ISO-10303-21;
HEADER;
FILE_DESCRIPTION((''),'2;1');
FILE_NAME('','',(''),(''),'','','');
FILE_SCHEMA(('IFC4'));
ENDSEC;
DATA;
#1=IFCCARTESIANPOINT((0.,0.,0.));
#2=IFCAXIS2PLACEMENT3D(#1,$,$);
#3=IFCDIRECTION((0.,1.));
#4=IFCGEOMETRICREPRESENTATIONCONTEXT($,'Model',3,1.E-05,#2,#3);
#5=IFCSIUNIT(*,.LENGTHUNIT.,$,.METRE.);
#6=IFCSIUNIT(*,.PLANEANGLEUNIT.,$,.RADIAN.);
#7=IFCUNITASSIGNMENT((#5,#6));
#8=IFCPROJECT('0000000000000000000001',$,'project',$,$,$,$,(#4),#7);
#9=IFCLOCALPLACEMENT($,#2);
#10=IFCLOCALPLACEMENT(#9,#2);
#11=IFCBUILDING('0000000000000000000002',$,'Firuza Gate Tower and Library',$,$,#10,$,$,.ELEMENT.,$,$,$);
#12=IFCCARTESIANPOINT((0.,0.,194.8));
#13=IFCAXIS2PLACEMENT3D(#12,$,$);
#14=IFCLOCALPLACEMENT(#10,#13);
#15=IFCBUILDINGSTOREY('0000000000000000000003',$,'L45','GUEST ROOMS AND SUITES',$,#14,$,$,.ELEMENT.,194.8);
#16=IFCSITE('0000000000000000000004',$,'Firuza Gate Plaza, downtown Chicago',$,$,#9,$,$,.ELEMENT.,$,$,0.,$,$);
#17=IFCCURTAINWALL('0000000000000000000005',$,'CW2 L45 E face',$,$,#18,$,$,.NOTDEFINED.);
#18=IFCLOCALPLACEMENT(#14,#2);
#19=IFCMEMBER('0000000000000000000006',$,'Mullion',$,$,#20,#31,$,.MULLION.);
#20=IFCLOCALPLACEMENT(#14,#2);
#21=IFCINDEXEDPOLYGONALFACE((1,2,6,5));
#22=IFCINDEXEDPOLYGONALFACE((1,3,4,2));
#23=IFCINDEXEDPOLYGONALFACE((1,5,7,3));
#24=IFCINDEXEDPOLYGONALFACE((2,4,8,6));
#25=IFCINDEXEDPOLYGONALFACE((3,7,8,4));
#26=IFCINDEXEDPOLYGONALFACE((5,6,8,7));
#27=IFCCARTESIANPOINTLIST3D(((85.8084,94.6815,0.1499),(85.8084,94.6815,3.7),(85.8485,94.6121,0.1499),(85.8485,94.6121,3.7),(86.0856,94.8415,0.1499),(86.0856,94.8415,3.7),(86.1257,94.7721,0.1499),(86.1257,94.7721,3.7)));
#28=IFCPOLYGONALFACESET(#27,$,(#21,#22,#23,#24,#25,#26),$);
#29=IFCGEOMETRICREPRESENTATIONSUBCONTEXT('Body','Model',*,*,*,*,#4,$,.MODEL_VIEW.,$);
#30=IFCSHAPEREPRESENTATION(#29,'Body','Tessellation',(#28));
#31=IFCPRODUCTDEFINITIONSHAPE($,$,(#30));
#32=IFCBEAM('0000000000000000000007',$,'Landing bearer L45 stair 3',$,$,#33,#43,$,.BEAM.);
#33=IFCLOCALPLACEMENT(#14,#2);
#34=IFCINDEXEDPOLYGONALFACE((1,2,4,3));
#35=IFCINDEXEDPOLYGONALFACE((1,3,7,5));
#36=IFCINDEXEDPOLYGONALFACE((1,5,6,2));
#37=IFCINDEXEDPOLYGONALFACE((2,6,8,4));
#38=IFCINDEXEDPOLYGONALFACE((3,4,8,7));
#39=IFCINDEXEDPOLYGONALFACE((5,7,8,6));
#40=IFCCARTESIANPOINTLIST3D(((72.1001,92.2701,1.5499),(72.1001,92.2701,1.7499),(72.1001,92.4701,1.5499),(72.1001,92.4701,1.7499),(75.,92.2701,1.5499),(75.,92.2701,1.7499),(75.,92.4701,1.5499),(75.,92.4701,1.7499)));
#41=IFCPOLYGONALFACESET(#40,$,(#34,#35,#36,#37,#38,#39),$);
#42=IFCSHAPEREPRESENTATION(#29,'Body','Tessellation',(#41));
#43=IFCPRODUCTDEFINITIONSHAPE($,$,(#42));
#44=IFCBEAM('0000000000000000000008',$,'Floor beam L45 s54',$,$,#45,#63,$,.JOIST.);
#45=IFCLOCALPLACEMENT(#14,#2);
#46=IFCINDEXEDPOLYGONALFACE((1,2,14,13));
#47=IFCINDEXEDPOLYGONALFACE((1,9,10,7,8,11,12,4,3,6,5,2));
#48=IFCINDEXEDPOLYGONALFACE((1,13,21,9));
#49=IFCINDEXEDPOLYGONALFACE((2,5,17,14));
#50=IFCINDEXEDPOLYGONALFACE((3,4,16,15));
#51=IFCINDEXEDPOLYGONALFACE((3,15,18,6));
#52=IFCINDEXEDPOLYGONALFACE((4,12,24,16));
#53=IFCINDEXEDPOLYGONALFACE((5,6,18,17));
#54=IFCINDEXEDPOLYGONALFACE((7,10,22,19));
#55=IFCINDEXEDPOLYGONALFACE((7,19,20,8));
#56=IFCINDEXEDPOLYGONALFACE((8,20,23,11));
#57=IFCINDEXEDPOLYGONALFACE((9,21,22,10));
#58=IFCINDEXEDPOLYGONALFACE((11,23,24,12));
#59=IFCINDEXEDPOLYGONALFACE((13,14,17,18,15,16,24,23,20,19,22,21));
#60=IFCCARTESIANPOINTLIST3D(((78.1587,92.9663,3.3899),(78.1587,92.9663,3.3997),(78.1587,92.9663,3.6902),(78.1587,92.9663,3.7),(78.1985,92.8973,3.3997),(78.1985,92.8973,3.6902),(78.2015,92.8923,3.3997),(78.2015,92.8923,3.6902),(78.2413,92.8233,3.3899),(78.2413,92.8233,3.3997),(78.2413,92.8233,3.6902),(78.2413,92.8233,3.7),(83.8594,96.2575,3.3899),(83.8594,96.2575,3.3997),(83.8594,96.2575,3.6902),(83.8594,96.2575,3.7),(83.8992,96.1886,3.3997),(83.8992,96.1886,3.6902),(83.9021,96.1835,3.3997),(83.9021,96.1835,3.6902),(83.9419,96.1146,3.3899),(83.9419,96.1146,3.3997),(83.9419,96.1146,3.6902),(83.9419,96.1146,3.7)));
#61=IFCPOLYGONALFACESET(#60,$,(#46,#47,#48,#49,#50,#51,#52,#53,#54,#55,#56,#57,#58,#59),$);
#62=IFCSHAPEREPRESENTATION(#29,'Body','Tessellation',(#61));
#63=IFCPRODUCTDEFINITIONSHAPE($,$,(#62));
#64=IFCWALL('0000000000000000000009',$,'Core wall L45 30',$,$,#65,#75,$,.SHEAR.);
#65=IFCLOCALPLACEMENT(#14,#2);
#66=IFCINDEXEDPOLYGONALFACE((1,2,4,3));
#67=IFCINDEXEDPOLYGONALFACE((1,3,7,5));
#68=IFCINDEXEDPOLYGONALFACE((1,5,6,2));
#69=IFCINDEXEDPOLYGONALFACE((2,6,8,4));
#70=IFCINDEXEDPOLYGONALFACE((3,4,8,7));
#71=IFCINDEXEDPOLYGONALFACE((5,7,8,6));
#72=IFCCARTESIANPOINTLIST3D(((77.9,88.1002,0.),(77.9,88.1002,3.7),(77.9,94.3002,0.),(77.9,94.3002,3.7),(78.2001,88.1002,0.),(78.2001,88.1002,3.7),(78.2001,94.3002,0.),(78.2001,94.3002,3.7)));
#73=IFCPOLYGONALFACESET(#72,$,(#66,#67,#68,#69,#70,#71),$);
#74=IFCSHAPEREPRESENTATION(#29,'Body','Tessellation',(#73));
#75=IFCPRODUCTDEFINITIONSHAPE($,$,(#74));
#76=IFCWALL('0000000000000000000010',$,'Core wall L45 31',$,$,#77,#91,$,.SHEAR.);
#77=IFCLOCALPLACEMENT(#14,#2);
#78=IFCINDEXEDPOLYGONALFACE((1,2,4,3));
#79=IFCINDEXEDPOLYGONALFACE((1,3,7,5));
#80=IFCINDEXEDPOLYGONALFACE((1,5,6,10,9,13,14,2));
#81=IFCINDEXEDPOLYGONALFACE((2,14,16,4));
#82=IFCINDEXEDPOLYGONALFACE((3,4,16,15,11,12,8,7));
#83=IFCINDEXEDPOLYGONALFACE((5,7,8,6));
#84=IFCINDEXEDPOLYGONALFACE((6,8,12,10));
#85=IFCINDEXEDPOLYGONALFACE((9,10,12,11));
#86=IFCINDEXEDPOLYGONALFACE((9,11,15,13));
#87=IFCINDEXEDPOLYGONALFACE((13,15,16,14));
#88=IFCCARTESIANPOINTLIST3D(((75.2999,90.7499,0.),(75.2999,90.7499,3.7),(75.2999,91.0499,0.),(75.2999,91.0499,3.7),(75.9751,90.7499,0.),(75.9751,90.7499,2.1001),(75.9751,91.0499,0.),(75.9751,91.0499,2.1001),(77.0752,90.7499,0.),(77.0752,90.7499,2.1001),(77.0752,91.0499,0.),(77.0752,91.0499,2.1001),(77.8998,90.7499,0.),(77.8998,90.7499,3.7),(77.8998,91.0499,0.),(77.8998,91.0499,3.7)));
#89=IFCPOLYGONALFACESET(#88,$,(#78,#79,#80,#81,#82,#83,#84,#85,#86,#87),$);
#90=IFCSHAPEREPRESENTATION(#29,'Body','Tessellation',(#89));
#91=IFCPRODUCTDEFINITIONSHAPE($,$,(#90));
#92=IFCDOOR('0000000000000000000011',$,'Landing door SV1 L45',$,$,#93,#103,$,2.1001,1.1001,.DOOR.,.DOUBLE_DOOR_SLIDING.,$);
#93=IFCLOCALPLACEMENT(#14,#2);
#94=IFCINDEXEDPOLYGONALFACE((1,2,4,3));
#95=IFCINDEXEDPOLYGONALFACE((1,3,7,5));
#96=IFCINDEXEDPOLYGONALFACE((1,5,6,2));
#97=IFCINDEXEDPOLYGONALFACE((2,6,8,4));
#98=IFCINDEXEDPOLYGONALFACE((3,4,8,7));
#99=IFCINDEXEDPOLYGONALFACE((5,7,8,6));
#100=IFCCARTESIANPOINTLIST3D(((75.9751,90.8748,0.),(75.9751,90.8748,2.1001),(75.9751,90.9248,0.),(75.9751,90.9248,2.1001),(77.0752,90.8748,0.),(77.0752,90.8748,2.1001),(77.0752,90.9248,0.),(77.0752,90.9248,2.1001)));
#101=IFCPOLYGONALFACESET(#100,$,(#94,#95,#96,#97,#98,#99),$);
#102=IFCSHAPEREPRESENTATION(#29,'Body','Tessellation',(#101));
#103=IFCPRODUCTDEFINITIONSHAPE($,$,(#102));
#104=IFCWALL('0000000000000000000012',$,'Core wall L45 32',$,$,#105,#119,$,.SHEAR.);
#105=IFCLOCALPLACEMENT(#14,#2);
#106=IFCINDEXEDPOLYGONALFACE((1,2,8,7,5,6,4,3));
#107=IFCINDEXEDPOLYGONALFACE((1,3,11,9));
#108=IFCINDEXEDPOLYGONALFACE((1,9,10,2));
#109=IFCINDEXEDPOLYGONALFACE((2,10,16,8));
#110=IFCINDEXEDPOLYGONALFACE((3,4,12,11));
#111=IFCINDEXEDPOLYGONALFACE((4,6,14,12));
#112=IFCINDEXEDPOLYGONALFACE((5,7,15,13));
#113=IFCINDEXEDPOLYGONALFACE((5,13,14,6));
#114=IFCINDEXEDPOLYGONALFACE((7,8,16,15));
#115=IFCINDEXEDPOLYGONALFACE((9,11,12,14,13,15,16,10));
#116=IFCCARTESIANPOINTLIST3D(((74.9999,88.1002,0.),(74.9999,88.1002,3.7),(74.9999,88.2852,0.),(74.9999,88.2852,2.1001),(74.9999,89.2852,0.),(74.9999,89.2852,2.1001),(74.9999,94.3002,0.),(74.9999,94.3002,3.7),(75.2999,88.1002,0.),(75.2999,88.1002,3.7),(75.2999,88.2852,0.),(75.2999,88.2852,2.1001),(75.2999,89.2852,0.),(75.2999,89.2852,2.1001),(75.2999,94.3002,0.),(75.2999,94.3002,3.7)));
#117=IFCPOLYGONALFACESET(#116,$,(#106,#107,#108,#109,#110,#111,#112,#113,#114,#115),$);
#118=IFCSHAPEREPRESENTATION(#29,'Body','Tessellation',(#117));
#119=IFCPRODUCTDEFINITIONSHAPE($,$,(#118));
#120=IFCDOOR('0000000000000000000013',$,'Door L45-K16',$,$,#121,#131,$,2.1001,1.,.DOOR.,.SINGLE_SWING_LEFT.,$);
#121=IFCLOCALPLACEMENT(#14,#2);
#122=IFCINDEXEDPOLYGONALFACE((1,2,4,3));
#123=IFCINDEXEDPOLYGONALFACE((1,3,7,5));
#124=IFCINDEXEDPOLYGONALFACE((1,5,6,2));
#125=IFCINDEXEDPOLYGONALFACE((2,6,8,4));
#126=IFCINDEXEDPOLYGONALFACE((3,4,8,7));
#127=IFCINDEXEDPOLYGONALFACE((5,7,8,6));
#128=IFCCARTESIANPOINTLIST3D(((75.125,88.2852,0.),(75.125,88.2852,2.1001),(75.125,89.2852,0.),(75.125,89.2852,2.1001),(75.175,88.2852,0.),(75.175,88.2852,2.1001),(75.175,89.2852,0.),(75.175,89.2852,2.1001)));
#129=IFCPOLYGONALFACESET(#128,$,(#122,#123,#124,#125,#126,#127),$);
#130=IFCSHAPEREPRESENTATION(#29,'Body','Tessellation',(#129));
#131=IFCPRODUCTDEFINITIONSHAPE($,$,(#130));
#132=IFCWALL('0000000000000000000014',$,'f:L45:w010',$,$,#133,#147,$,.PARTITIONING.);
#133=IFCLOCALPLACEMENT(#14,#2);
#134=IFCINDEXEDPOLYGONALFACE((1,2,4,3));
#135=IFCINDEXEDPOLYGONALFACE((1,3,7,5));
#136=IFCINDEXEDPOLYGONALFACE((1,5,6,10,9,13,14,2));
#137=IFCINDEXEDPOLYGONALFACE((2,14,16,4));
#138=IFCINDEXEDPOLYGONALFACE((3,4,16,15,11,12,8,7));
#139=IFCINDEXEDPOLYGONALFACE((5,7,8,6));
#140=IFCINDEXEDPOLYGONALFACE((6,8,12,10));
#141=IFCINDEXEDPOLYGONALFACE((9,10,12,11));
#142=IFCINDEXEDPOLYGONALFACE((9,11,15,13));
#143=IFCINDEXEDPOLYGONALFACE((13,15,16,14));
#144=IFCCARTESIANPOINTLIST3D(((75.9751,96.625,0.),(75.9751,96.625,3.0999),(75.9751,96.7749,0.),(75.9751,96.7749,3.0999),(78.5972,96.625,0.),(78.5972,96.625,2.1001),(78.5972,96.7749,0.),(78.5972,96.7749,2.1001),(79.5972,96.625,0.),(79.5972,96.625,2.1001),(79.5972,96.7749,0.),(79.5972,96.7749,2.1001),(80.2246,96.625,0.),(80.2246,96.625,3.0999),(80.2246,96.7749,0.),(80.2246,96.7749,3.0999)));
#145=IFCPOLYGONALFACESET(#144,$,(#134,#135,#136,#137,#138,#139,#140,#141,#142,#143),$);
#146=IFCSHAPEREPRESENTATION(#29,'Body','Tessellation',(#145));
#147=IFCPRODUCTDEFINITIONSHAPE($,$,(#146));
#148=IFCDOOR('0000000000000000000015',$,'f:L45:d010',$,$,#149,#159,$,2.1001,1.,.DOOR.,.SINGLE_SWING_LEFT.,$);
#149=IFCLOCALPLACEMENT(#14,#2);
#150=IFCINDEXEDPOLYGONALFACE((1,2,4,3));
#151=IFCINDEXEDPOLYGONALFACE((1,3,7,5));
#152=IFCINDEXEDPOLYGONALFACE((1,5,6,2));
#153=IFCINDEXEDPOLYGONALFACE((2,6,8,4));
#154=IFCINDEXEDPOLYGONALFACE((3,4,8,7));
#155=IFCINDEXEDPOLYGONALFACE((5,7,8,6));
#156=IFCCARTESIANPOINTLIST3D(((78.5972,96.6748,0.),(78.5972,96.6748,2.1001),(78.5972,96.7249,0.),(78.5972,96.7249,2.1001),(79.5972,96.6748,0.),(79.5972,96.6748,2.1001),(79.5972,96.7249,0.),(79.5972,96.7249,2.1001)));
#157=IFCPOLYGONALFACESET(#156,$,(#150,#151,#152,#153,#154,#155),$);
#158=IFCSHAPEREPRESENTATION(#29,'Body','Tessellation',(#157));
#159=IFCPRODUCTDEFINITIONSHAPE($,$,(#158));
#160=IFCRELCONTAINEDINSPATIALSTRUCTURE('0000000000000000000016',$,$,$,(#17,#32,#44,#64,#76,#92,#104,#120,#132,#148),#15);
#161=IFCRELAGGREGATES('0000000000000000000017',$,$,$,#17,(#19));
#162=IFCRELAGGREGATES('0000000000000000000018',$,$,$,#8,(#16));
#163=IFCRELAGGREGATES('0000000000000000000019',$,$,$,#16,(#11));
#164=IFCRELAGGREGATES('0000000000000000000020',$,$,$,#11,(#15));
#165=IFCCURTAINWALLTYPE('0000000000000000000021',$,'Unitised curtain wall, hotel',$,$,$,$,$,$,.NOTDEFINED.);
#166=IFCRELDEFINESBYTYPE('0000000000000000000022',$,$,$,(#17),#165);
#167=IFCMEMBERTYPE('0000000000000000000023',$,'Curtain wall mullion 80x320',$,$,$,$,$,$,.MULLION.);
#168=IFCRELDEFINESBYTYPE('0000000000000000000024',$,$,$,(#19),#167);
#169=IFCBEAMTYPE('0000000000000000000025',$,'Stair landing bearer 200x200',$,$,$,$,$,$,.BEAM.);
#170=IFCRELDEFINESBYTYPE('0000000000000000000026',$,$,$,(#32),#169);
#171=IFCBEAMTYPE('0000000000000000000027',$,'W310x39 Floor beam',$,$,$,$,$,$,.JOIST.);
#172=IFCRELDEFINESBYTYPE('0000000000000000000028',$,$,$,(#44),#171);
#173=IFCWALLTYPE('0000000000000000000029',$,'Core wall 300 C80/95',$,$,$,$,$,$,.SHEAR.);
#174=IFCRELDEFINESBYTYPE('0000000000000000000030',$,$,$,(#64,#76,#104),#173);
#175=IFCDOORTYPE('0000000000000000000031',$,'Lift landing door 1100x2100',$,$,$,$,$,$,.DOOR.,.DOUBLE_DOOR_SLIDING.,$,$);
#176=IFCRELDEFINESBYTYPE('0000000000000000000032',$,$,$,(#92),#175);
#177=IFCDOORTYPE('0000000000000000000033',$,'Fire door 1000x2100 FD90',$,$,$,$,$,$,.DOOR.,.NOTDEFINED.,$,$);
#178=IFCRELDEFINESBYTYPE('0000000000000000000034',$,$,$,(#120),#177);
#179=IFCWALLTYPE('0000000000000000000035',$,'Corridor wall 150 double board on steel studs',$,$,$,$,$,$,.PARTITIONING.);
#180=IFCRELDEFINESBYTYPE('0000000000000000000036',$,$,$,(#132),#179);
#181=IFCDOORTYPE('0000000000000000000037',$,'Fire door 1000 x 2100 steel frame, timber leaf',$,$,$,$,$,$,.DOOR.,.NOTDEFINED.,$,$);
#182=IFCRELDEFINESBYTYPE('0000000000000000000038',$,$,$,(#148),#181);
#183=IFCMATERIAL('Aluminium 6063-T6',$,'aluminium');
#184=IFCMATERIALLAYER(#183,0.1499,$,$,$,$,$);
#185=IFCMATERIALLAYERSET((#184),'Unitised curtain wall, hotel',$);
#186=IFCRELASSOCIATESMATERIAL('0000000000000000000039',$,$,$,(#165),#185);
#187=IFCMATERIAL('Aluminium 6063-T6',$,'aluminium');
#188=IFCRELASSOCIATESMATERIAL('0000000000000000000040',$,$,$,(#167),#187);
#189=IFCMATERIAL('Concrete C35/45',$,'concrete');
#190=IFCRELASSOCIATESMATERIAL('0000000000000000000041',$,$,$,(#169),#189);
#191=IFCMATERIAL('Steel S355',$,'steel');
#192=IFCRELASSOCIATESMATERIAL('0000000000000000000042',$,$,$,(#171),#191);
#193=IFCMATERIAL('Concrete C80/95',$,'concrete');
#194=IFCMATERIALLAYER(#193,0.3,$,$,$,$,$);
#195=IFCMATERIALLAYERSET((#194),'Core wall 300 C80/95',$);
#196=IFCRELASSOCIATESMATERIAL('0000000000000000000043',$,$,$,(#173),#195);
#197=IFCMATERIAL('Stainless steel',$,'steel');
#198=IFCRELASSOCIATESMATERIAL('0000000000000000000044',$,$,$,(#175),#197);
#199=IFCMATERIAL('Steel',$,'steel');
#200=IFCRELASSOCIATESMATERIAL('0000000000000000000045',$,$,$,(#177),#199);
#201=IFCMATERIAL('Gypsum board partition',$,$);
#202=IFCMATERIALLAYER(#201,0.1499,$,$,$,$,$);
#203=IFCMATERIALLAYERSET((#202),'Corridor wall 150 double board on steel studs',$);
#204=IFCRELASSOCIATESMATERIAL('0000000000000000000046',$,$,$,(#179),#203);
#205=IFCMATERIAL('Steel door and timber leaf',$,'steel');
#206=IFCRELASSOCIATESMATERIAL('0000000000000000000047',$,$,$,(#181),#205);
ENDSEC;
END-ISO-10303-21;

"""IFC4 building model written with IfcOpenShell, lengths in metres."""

from ifc_helpers import new_model, si_unit, direction, frame, frame_2d, origin, origin_2d, place, context, subcontext, project, spatial, rectangle, i_section, extrude, material, layer, layer_set, material_profile, profile_set, type_object, element, fill, aggregate, save


model = new_model("IFC4")

# Units and contexts
model_context = context("Model", 3, precision=1e-05, world=origin(), true_north=direction((0.0, 1.0)))
body_context = subcontext(model_context, "Body", "Model", "MODEL_VIEW")
ifc_project = project(units=[si_unit("LENGTHUNIT", "METRE"), si_unit("PLANEANGLEUNIT", "RADIAN")], contexts=[model_context])

# Site, building, storey
site_placement = place(None, origin())
site = spatial("IfcSite", under=ifc_project, at=site_placement, Name="Firuza Gate Plaza, downtown Chicago", CompositionType="ELEMENT", RefElevation=0.0)
building_placement = place(site_placement, origin())
building = spatial("IfcBuilding", under=site, at=building_placement, Name="Firuza Gate Tower and Library", CompositionType="ELEMENT")
storey_placement = place(building_placement, frame((0.0, 0.0, 194.8)))
storey = spatial("IfcBuildingStorey", under=building, at=storey_placement, Name="L45", Description="GUEST ROOMS AND SUITES", CompositionType="ELEMENT", Elevation=194.8)

# Curtain wall, member
ifc_material_1 = material(Name="Aluminium 6063-T6", Category="aluminium")
ifc_layer_1 = layer(ifc_material_1, 0.1499)
ifc_layer_set_1 = layer_set([ifc_layer_1], Name="Unitised curtain wall, hotel")
curtain_wall_type = type_object("IfcCurtainWallType", Name="Unitised curtain wall, hotel", PredefinedType="NOTDEFINED", material=ifc_layer_set_1)
placement = place(storey_placement, origin())
curtain_wall = element("IfcCurtainWall", 1, at=placement, inside=storey, type_object=curtain_wall_type, Name="CW2 L45 E face", PredefinedType="NOTDEFINED")
ifc_material_2 = material(Name="Aluminium 6063-T6", Category="aluminium")
ifc_material_profile_1 = material_profile(ifc_material_2, rectangle(XDim=0.3201, YDim=0.0801, at=origin_2d()))
ifc_profile_set_1 = profile_set([ifc_material_profile_1], Name="Aluminium 6063-T6")
member_type = type_object("IfcMemberType", Name="Curtain wall mullion 80x320", PredefinedType="MULLION", material=ifc_profile_set_1)
member_placement = place(storey_placement, frame((85.967, 94.7268, 0.1499), z_axis=(0.0, 0.0, 1.0), x_axis=(-0.866025, -0.5, 0.0)))
member = element("IfcMember", 2, at=member_placement, type_object=member_type, Name="Mullion", PredefinedType="MULLION", context=body_context, shape_type="SweptSolid", body=[
    extrude(rectangle(XDim=0.3201, YDim=0.0801, at=origin_2d()), origin(), (0.0, 0.0, 1.0), 3.55),
])
aggregate(curtain_wall, [member])

# Beams
ifc_material_3 = material(Name="Concrete C35/45", Category="concrete")
ifc_material_profile_2 = material_profile(ifc_material_3, rectangle(XDim=0.2, YDim=0.2, at=origin_2d()))
ifc_profile_set_2 = profile_set([ifc_material_profile_2], Name="Concrete C35/45")
beam_type_1 = type_object("IfcBeamType", Name="Stair landing bearer 200x200", PredefinedType="BEAM", material=ifc_profile_set_2)
beam_1_placement = place(storey_placement, frame((75.0, 92.3701, 1.6499), z_axis=(-1.0, 0.0, 0.0), x_axis=(0.0, -1.0, 0.0)))
element("IfcBeam", 3, at=beam_1_placement, inside=storey, type_object=beam_type_1, Name="Landing bearer L45 stair 3", PredefinedType="BEAM", context=body_context, shape_type="SweptSolid", body=[
    extrude(rectangle(XDim=0.2, YDim=0.2, at=origin_2d()), origin(), (0.0, 0.0, 1.0), 2.8999),
])
ifc_material_4 = material(Name="Steel S355", Category="steel")
ifc_material_profile_3 = material_profile(ifc_material_4, i_section(OverallWidth=0.165, OverallDepth=0.3101, WebThickness=0.0059, FlangeThickness=0.0098, at=origin_2d()))
ifc_profile_set_3 = profile_set([ifc_material_profile_3], Name="Steel S355")
beam_type_2 = type_object("IfcBeamType", Name="W310x39 Floor beam", PredefinedType="JOIST", material=ifc_profile_set_3)
beam_2_placement = place(storey_placement, frame((83.9006, 96.186, 3.5449), z_axis=(-0.866027, -0.499996, 0.0), x_axis=(0.499996, -0.866027, 0.0)))
element("IfcBeam", 4, at=beam_2_placement, inside=storey, type_object=beam_type_2, Name="Floor beam L45 s54", PredefinedType="JOIST", context=body_context, shape_type="SweptSolid", body=[
    extrude(i_section(OverallWidth=0.165, OverallDepth=0.3101, WebThickness=0.0059, FlangeThickness=0.0098, at=origin_2d()), origin(), (0.0, 0.0, 1.0), 6.5825),
])

# Wall
ifc_material_5 = material(Name="Concrete C80/95", Category="concrete")
ifc_layer_2 = layer(ifc_material_5, 0.3)
ifc_layer_set_2 = layer_set([ifc_layer_2], Name="Core wall 300 C80/95")
wall_type_1 = type_object("IfcWallType", Name="Core wall 300 C80/95", PredefinedType="SHEAR", material=ifc_layer_set_2)
wall_1_placement = place(storey_placement, frame((78.05, 88.1001, 0.0), z_axis=(0.0, 0.0, 1.0), x_axis=(0.0, 1.0, 0.0)))
element("IfcWall", 5, at=wall_1_placement, inside=storey, type_object=wall_type_1, Name="Core wall L45 30", PredefinedType="SHEAR", context=body_context, shape_type="SweptSolid", body=[
    extrude(rectangle(XDim=6.2, YDim=0.3, at=frame_2d((3.1001, 0.0))), origin(), (0.0, 0.0, 1.0), 3.7),
])

# Walls, openings, doors
wall_2_placement = place(storey_placement, frame((75.3, 90.8999, 0.0), z_axis=(0.0, 0.0, 1.0), x_axis=(1.0, 0.0, 0.0)))
wall_2 = element("IfcWall", 6, at=wall_2_placement, inside=storey, type_object=wall_type_1, Name="Core wall L45 31", PredefinedType="SHEAR", context=body_context, shape_type="SweptSolid", body=[
    extrude(rectangle(XDim=2.5999, YDim=0.3, at=frame_2d((1.2998, 0.0))), origin(), (0.0, 0.0, 1.0), 3.7),
])
opening_1_placement = place(wall_2_placement, frame((0.675, 0.0, 0.0)))
opening_1 = element("IfcOpeningElement", 7, at=opening_1_placement, cuts=wall_2, PredefinedType="OPENING", context=body_context, shape_type="SweptSolid", body=[
    extrude(rectangle(XDim=1.1001, YDim=2.1001, at=frame_2d((0.55, 1.05))), frame((0.0, 0.1602, 0.0), z_axis=(0.0, -1.0, 0.0), x_axis=(1.0, 0.0, 0.0)), (0.0, 0.0, 1.0), 0.3201),
])
ifc_material_6 = material(Name="Stainless steel", Category="steel")
door_type_1 = type_object("IfcDoorType", Name="Lift landing door 1100x2100", OperationType="DOUBLE_DOOR_SLIDING", PredefinedType="DOOR", material=ifc_material_6)
door_1_placement = place(opening_1_placement, origin())
door_1 = element("IfcDoor", 8, at=door_1_placement, inside=storey, type_object=door_type_1, Name="Landing door SV1 L45", OperationType="DOUBLE_DOOR_SLIDING", OverallHeight=2.1001, OverallWidth=1.1001, PredefinedType="DOOR", context=body_context, shape_type="SweptSolid", body=[
    extrude(rectangle(XDim=1.1001, YDim=2.1001, at=frame_2d((0.55, 1.05))), frame((0.0, 0.0249, 0.0), z_axis=(0.0, -1.0, 0.0), x_axis=(1.0, 0.0, 0.0)), (0.0, 0.0, 1.0), 0.05),
])
fill(opening_1, door_1)
wall_3_placement = place(storey_placement, frame((75.1499, 88.1001, 0.0), z_axis=(0.0, 0.0, 1.0), x_axis=(0.0, 1.0, 0.0)))
wall_3 = element("IfcWall", 9, at=wall_3_placement, inside=storey, type_object=wall_type_1, Name="Core wall L45 32", PredefinedType="SHEAR", context=body_context, shape_type="SweptSolid", body=[
    extrude(rectangle(XDim=6.2, YDim=0.3, at=frame_2d((3.1001, 0.0))), origin(), (0.0, 0.0, 1.0), 3.7),
])
opening_2_placement = place(wall_3_placement, frame((0.1851, 0.0, 0.0)))
opening_2 = element("IfcOpeningElement", 10, at=opening_2_placement, cuts=wall_3, PredefinedType="OPENING", context=body_context, shape_type="SweptSolid", body=[
    extrude(rectangle(XDim=1.0, YDim=2.1001, at=frame_2d((0.5, 1.05))), frame((0.0, 0.1602, 0.0), z_axis=(0.0, -1.0, 0.0), x_axis=(1.0, 0.0, 0.0)), (0.0, 0.0, 1.0), 0.3201),
])
ifc_material_7 = material(Name="Steel", Category="steel")
door_type_2 = type_object("IfcDoorType", Name="Fire door 1000x2100 FD90", OperationType="NOTDEFINED", PredefinedType="DOOR", material=ifc_material_7)
door_2_placement = place(opening_2_placement, origin())
door_2 = element("IfcDoor", 11, at=door_2_placement, inside=storey, type_object=door_type_2, Name="Door L45-K16", OperationType="SINGLE_SWING_LEFT", OverallHeight=2.1001, OverallWidth=1.0, PredefinedType="DOOR", context=body_context, shape_type="SweptSolid", body=[
    extrude(rectangle(XDim=1.0, YDim=2.1001, at=frame_2d((0.5, 1.05))), frame((0.0, 0.0249, 0.0), z_axis=(0.0, -1.0, 0.0), x_axis=(1.0, 0.0, 0.0)), (0.0, 0.0, 1.0), 0.05),
])
fill(opening_2, door_2)
ifc_material_8 = material(Name="Gypsum board partition")
ifc_layer_3 = layer(ifc_material_8, 0.1499)
ifc_layer_set_3 = layer_set([ifc_layer_3], Name="Corridor wall 150 double board on steel studs")
wall_type_2 = type_object("IfcWallType", Name="Corridor wall 150 double board on steel studs", PredefinedType="PARTITIONING", material=ifc_layer_set_3)
wall_4_placement = place(storey_placement, frame((75.9751, 96.7, 0.0), z_axis=(0.0, 0.0, 1.0), x_axis=(1.0, 0.0, 0.0)))
wall_4 = element("IfcWall", 12, at=wall_4_placement, inside=storey, type_object=wall_type_2, Name="f:L45:w010", PredefinedType="PARTITIONING", context=body_context, shape_type="SweptSolid", body=[
    extrude(rectangle(XDim=4.2495, YDim=0.1499, at=frame_2d((2.1248, 0.0))), origin(), (0.0, 0.0, 1.0), 3.0999),
])
opening_3_placement = place(wall_4_placement, frame((2.6221, 0.0, 0.0)))
opening_3 = element("IfcOpeningElement", 13, at=opening_3_placement, cuts=wall_4, PredefinedType="OPENING", context=body_context, shape_type="SweptSolid", body=[
    extrude(rectangle(XDim=1.0, YDim=2.1001, at=frame_2d((0.5, 1.05))), frame((0.0, 0.085, 0.0), z_axis=(0.0, -1.0, 0.0), x_axis=(1.0, 0.0, 0.0)), (0.0, 0.0, 1.0), 0.1699),
])
ifc_material_9 = material(Name="Steel door and timber leaf", Category="steel")
door_type_3 = type_object("IfcDoorType", Name="Fire door 1000 x 2100 steel frame, timber leaf", OperationType="NOTDEFINED", PredefinedType="DOOR", material=ifc_material_9)
door_3_placement = place(opening_3_placement, origin())
door_3 = element("IfcDoor", 14, at=door_3_placement, inside=storey, type_object=door_type_3, Name="f:L45:d010", OperationType="SINGLE_SWING_LEFT", OverallHeight=2.1001, OverallWidth=1.0, PredefinedType="DOOR", context=body_context, shape_type="SweptSolid", body=[
    extrude(rectangle(XDim=1.0, YDim=2.1001, at=frame_2d((0.5, 1.05))), frame((0.0, 0.0249, 0.0), z_axis=(0.0, -1.0, 0.0), x_axis=(1.0, 0.0, 0.0)), (0.0, 0.0, 1.0), 0.05),
])
fill(opening_3, door_3)

save(model, "model.ifc")
